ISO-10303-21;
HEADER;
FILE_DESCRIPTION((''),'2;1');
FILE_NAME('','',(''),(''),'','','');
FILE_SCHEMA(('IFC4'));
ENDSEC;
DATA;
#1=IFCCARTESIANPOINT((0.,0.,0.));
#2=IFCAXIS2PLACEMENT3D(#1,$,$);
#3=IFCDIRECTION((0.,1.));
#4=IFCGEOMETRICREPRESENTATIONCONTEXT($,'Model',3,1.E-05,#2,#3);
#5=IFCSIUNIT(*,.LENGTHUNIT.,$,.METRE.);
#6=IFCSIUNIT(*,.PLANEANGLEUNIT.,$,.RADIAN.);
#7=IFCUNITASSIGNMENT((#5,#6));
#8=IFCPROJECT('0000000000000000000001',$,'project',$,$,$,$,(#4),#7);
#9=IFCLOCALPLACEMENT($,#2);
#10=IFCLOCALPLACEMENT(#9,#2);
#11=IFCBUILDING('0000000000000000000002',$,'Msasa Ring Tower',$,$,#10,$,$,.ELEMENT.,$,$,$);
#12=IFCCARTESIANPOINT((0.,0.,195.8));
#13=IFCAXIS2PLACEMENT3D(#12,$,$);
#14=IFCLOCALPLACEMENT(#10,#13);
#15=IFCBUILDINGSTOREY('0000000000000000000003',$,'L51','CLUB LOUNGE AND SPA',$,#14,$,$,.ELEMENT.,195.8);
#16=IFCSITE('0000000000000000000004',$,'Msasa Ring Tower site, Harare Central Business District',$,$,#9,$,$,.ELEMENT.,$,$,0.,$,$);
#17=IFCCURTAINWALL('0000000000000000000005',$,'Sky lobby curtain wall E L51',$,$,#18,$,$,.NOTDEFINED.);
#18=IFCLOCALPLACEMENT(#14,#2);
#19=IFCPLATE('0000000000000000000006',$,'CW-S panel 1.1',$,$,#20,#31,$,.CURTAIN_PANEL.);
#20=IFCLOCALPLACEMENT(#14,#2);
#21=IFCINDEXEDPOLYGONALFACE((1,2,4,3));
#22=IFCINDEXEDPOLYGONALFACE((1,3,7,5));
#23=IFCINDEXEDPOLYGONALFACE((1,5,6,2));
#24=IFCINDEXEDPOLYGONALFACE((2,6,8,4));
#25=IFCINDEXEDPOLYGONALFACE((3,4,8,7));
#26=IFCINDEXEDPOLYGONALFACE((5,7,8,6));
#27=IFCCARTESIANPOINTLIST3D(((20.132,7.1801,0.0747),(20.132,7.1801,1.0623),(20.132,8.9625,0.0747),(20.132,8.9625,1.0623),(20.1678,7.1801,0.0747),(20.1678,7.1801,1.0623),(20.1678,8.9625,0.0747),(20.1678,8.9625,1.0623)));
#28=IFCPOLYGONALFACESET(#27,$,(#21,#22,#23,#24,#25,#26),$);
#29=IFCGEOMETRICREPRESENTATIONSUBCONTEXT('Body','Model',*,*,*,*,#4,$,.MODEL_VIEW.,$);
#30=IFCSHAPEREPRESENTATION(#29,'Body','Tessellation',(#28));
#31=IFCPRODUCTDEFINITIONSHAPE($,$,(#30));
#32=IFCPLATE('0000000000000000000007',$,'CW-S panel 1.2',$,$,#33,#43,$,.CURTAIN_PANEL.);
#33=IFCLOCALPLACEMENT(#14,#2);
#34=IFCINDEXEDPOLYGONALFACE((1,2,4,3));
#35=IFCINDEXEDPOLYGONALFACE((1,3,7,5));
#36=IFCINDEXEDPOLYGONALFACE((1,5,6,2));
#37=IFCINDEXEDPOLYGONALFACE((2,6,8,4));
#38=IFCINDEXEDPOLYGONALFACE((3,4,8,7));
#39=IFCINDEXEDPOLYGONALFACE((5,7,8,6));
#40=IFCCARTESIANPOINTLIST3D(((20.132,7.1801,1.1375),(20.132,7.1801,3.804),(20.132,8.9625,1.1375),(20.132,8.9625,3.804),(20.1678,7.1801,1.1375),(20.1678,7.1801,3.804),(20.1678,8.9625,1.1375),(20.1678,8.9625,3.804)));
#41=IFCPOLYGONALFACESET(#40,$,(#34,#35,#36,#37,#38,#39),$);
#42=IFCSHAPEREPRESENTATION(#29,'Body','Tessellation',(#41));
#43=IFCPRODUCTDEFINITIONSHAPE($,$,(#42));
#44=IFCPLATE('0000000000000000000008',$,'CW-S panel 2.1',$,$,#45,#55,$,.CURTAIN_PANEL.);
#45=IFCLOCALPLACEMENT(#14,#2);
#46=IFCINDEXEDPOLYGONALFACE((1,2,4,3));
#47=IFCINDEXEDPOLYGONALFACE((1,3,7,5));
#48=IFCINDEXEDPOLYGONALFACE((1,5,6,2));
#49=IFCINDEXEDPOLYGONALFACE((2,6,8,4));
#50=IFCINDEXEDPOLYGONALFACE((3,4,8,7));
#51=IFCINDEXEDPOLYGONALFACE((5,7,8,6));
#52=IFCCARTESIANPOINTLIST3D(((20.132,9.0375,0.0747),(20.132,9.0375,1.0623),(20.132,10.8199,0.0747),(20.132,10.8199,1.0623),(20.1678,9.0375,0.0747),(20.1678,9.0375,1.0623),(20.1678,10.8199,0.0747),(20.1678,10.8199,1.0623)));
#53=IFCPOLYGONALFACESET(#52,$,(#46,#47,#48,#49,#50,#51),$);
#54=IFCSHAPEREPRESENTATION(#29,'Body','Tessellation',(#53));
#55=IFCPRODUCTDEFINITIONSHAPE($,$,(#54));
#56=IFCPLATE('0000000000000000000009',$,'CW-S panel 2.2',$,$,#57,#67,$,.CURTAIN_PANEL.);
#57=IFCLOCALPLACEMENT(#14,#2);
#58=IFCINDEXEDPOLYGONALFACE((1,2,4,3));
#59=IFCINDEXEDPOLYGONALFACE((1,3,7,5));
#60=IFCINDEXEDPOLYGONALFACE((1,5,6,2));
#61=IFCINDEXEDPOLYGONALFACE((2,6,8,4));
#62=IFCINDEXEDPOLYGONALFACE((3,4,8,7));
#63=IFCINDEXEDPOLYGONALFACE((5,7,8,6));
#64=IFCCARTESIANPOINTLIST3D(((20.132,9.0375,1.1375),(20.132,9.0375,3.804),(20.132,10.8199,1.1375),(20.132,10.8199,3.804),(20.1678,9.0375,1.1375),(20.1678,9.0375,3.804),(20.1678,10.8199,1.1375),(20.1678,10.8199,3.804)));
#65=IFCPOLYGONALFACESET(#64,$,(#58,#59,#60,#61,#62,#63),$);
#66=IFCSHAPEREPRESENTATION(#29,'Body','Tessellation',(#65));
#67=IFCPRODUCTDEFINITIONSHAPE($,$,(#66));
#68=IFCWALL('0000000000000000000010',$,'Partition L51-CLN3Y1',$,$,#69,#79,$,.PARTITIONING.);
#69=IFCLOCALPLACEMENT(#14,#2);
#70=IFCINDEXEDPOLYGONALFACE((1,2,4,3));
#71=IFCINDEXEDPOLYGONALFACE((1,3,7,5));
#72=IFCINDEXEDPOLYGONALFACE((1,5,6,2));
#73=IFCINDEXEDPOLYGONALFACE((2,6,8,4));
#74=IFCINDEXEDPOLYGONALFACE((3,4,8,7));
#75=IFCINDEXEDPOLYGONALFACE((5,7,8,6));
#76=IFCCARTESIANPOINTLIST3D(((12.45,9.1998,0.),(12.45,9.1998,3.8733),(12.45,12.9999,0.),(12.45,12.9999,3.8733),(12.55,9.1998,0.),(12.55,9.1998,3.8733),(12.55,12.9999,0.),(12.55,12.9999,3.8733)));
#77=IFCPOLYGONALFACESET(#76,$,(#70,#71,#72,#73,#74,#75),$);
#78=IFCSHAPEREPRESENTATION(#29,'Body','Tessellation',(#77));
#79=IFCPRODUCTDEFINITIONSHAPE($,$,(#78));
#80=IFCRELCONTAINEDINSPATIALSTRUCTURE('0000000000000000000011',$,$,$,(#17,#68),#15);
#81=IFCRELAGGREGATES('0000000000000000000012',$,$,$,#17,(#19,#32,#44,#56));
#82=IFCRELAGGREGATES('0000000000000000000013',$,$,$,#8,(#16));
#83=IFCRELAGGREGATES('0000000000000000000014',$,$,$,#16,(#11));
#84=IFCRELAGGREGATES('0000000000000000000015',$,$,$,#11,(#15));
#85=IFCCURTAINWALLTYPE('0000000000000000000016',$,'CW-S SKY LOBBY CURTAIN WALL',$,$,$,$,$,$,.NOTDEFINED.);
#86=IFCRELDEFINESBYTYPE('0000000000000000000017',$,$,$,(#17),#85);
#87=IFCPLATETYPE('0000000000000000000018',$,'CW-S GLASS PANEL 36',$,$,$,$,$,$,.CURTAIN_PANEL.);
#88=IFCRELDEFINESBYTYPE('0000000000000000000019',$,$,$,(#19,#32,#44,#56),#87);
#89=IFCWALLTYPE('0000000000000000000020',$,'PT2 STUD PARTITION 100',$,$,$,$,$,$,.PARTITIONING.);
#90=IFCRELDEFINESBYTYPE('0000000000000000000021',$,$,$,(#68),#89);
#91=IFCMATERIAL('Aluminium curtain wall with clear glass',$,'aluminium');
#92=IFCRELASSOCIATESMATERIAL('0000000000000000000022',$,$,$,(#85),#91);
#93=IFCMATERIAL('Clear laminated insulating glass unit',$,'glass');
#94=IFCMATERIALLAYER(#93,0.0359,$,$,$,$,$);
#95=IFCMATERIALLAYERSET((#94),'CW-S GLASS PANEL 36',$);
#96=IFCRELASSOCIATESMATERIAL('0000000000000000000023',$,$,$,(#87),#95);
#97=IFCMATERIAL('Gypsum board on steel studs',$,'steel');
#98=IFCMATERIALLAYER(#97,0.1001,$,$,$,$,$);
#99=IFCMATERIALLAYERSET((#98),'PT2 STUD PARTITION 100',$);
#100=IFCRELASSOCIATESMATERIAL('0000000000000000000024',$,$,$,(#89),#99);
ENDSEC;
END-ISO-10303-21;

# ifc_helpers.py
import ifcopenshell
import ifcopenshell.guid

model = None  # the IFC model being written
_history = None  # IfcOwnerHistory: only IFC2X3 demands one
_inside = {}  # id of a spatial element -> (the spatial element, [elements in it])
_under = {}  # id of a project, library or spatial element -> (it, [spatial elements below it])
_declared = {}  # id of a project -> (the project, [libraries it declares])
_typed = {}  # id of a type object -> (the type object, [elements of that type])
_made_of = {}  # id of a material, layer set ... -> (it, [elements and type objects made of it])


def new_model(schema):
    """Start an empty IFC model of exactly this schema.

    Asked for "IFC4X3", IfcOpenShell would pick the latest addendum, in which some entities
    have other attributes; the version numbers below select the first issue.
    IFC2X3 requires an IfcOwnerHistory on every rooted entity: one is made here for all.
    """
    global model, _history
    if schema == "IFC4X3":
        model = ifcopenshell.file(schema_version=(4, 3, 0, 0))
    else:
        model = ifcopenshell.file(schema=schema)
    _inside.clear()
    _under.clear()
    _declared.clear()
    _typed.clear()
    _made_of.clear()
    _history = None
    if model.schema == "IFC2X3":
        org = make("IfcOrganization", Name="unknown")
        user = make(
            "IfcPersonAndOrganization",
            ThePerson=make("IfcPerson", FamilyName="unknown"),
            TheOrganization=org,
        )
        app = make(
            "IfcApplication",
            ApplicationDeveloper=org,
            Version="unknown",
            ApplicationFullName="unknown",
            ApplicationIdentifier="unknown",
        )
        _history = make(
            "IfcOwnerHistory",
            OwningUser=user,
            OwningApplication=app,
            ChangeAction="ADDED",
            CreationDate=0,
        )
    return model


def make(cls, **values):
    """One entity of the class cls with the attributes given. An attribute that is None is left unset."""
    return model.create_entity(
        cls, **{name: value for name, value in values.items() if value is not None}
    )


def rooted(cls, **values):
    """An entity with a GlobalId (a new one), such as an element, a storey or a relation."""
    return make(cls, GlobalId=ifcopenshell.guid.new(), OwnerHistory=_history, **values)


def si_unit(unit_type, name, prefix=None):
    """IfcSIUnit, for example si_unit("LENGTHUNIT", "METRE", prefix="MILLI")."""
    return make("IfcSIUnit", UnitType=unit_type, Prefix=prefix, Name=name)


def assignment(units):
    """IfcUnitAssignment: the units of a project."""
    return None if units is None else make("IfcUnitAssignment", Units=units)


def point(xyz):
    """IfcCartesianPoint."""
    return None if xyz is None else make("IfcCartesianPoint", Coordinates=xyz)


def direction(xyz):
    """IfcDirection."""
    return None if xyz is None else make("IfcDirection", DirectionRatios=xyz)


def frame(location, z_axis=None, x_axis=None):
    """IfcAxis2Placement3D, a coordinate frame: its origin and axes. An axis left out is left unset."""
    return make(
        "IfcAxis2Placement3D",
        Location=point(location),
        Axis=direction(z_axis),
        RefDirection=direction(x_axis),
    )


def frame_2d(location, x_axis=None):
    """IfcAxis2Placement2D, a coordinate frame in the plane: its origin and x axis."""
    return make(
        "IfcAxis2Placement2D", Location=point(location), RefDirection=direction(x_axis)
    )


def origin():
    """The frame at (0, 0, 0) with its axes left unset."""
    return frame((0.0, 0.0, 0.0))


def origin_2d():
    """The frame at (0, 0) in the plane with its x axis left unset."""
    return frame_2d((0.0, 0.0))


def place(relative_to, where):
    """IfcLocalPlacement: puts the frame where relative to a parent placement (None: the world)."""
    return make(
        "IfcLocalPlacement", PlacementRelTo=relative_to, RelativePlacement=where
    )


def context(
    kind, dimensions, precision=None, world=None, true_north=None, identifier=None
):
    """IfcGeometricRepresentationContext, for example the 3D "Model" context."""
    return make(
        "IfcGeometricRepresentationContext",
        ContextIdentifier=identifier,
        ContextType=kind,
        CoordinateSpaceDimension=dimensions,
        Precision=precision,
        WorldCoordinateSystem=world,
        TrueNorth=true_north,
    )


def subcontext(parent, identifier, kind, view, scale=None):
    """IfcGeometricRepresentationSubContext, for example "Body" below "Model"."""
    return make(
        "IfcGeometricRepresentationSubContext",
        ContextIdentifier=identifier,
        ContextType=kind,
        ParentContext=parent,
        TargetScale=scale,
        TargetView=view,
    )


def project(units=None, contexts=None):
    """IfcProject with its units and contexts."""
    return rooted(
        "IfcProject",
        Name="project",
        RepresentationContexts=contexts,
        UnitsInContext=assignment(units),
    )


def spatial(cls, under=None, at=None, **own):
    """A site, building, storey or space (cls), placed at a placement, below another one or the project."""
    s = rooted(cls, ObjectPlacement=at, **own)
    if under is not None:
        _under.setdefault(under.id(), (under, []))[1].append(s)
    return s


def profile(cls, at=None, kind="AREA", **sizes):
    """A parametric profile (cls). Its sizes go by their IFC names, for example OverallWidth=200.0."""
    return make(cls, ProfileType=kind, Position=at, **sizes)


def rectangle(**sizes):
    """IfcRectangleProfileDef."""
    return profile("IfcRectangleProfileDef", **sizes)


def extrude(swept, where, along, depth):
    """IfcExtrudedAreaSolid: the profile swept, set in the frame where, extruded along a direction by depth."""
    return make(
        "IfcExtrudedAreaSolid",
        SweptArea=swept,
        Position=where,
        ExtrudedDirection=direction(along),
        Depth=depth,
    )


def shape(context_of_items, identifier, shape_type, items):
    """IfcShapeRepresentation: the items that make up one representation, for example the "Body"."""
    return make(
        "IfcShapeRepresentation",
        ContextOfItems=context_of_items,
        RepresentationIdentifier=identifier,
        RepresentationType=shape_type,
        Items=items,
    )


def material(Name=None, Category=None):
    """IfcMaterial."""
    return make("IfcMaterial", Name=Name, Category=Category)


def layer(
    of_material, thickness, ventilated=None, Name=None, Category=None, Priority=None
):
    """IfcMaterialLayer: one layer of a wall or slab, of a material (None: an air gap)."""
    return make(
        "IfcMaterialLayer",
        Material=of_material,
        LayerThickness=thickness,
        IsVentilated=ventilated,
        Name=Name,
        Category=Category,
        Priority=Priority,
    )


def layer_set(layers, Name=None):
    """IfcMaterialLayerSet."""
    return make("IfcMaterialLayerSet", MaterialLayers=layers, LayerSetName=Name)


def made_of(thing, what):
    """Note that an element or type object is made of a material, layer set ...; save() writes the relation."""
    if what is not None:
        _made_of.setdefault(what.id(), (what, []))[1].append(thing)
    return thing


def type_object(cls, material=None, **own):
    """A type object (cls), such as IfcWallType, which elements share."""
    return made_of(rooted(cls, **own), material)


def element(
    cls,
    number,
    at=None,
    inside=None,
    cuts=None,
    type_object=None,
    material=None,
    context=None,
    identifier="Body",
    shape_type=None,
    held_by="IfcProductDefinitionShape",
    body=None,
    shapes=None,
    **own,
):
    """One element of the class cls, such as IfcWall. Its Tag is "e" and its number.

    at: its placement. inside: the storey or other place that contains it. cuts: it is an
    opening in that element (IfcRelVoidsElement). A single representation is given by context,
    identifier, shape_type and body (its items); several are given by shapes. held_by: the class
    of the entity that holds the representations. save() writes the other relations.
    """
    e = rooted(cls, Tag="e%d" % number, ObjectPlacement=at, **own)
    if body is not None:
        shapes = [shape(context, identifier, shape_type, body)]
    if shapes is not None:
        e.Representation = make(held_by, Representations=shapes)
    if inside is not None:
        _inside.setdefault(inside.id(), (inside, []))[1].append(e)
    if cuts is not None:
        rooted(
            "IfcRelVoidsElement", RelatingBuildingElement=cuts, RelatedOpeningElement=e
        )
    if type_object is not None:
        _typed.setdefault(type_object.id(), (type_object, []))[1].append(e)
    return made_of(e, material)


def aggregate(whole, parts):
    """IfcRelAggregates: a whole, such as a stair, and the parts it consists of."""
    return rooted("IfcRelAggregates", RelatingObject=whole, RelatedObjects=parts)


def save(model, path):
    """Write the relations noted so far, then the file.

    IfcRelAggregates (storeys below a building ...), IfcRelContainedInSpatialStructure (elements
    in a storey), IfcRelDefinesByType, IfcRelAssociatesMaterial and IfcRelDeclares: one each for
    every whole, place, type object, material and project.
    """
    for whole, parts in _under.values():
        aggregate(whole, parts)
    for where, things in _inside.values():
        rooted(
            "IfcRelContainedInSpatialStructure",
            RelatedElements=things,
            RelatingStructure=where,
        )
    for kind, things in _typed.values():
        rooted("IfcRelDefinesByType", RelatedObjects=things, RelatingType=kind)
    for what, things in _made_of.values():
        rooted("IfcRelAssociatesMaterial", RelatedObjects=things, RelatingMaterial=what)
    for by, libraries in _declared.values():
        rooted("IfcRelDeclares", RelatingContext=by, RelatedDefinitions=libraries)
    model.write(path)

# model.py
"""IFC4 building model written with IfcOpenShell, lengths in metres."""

from ifc_helpers import new_model, si_unit, direction, frame, frame_2d, origin, origin_2d, place, context, subcontext, project, spatial, rectangle, extrude, material, layer, layer_set, type_object, element, aggregate, save


model = new_model("IFC4")

# Units and contexts
model_context = context("Model", 3, precision=1e-05, world=origin(), true_north=direction((0.0, 1.0)))
body_context = subcontext(model_context, "Body", "Model", "MODEL_VIEW")
ifc_project = project(units=[si_unit("LENGTHUNIT", "METRE"), si_unit("PLANEANGLEUNIT", "RADIAN")], contexts=[model_context])

# Site, building, storey
site_placement = place(None, origin())
site = spatial("IfcSite", under=ifc_project, at=site_placement, Name="Msasa Ring Tower site, Harare Central Business District", CompositionType="ELEMENT", RefElevation=0.0)
building_placement = place(site_placement, origin())
building = spatial("IfcBuilding", under=site, at=building_placement, Name="Msasa Ring Tower", CompositionType="ELEMENT")
storey_placement = place(building_placement, frame((0.0, 0.0, 195.8)))
storey = spatial("IfcBuildingStorey", under=building, at=storey_placement, Name="L51", Description="CLUB LOUNGE AND SPA", CompositionType="ELEMENT", Elevation=195.8)

# Curtain wall
ifc_material_1 = material(Name="Aluminium curtain wall with clear glass", Category="aluminium")
curtain_wall_type_1 = type_object("IfcCurtainWallType", Name="CW-S SKY LOBBY CURTAIN WALL", PredefinedType="NOTDEFINED", material=ifc_material_1)
curtain_wall_1_placement = place(storey_placement, origin())
curtain_wall_1 = element("IfcCurtainWall", 1, at=curtain_wall_1_placement, inside=storey, type_object=curtain_wall_type_1, Name="Sky lobby curtain wall E L51", PredefinedType="NOTDEFINED")

# Plates
ifc_material_2 = material(Name="Clear laminated insulating glass unit", Category="glass")
ifc_layer_1 = layer(ifc_material_2, 0.0359)
ifc_layer_set_1 = layer_set([ifc_layer_1], Name="CW-S GLASS PANEL 36")
plate_type_1 = type_object("IfcPlateType", Name="CW-S GLASS PANEL 36", PredefinedType="CURTAIN_PANEL", material=ifc_layer_set_1)
plate_1_placement = place(storey_placement, frame((20.1499, 8.0713, 0.0747), z_axis=(0.0, 0.0, 1.0), x_axis=(0.0, 1.0, 0.0)))
plate_1 = element("IfcPlate", 2, at=plate_1_placement, type_object=plate_type_1, Name="CW-S panel 1.1", PredefinedType="CURTAIN_PANEL", context=body_context, shape_type="SweptSolid", body=[
    extrude(rectangle(XDim=1.7825, YDim=0.0359, at=origin_2d()), origin(), (0.0, 0.0, 1.0), 0.9875),
])
plate_2_placement = place(storey_placement, frame((20.1499, 8.0713, 1.1375), z_axis=(0.0, 0.0, 1.0), x_axis=(0.0, 1.0, 0.0)))
plate_2 = element("IfcPlate", 3, at=plate_2_placement, type_object=plate_type_1, Name="CW-S panel 1.2", PredefinedType="CURTAIN_PANEL", context=body_context, shape_type="SweptSolid", body=[
    extrude(rectangle(XDim=1.7825, YDim=0.0359, at=origin_2d()), origin(), (0.0, 0.0, 1.0), 2.6665),
])
plate_3_placement = place(storey_placement, frame((20.1499, 9.9287, 0.0747), z_axis=(0.0, 0.0, 1.0), x_axis=(0.0, 1.0, 0.0)))
plate_3 = element("IfcPlate", 4, at=plate_3_placement, type_object=plate_type_1, Name="CW-S panel 2.1", PredefinedType="CURTAIN_PANEL", context=body_context, shape_type="SweptSolid", body=[
    extrude(rectangle(XDim=1.7825, YDim=0.0359, at=origin_2d()), origin(), (0.0, 0.0, 1.0), 0.9875),
])
plate_4_placement = place(storey_placement, frame((20.1499, 9.9287, 1.1375), z_axis=(0.0, 0.0, 1.0), x_axis=(0.0, 1.0, 0.0)))
plate_4 = element("IfcPlate", 5, at=plate_4_placement, type_object=plate_type_1, Name="CW-S panel 2.2", PredefinedType="CURTAIN_PANEL", context=body_context, shape_type="SweptSolid", body=[
    extrude(rectangle(XDim=1.7825, YDim=0.0359, at=origin_2d()), origin(), (0.0, 0.0, 1.0), 2.6665),
])
aggregate(curtain_wall_1, [plate_1, plate_2, plate_3, plate_4])

# Wall
ifc_material_3 = material(Name="Gypsum board on steel studs", Category="steel")
ifc_layer_2 = layer(ifc_material_3, 0.1001)
ifc_layer_set_2 = layer_set([ifc_layer_2], Name="PT2 STUD PARTITION 100")
wall_type = type_object("IfcWallType", Name="PT2 STUD PARTITION 100", PredefinedType="PARTITIONING", material=ifc_layer_set_2)
wall_placement = place(storey_placement, frame((12.5, 9.2, 0.0), z_axis=(0.0, 0.0, 1.0), x_axis=(0.0, 1.0, 0.0)))
element("IfcWall", 6, at=wall_placement, inside=storey, type_object=wall_type, Name="Partition L51-CLN3Y1", PredefinedType="PARTITIONING", context=body_context, shape_type="SweptSolid", body=[
    extrude(rectangle(XDim=3.8, YDim=0.1001, at=frame_2d((1.8999, 0.0))), origin(), (0.0, 0.0, 1.0), 3.8733),
])

save(model, "model.ifc")
